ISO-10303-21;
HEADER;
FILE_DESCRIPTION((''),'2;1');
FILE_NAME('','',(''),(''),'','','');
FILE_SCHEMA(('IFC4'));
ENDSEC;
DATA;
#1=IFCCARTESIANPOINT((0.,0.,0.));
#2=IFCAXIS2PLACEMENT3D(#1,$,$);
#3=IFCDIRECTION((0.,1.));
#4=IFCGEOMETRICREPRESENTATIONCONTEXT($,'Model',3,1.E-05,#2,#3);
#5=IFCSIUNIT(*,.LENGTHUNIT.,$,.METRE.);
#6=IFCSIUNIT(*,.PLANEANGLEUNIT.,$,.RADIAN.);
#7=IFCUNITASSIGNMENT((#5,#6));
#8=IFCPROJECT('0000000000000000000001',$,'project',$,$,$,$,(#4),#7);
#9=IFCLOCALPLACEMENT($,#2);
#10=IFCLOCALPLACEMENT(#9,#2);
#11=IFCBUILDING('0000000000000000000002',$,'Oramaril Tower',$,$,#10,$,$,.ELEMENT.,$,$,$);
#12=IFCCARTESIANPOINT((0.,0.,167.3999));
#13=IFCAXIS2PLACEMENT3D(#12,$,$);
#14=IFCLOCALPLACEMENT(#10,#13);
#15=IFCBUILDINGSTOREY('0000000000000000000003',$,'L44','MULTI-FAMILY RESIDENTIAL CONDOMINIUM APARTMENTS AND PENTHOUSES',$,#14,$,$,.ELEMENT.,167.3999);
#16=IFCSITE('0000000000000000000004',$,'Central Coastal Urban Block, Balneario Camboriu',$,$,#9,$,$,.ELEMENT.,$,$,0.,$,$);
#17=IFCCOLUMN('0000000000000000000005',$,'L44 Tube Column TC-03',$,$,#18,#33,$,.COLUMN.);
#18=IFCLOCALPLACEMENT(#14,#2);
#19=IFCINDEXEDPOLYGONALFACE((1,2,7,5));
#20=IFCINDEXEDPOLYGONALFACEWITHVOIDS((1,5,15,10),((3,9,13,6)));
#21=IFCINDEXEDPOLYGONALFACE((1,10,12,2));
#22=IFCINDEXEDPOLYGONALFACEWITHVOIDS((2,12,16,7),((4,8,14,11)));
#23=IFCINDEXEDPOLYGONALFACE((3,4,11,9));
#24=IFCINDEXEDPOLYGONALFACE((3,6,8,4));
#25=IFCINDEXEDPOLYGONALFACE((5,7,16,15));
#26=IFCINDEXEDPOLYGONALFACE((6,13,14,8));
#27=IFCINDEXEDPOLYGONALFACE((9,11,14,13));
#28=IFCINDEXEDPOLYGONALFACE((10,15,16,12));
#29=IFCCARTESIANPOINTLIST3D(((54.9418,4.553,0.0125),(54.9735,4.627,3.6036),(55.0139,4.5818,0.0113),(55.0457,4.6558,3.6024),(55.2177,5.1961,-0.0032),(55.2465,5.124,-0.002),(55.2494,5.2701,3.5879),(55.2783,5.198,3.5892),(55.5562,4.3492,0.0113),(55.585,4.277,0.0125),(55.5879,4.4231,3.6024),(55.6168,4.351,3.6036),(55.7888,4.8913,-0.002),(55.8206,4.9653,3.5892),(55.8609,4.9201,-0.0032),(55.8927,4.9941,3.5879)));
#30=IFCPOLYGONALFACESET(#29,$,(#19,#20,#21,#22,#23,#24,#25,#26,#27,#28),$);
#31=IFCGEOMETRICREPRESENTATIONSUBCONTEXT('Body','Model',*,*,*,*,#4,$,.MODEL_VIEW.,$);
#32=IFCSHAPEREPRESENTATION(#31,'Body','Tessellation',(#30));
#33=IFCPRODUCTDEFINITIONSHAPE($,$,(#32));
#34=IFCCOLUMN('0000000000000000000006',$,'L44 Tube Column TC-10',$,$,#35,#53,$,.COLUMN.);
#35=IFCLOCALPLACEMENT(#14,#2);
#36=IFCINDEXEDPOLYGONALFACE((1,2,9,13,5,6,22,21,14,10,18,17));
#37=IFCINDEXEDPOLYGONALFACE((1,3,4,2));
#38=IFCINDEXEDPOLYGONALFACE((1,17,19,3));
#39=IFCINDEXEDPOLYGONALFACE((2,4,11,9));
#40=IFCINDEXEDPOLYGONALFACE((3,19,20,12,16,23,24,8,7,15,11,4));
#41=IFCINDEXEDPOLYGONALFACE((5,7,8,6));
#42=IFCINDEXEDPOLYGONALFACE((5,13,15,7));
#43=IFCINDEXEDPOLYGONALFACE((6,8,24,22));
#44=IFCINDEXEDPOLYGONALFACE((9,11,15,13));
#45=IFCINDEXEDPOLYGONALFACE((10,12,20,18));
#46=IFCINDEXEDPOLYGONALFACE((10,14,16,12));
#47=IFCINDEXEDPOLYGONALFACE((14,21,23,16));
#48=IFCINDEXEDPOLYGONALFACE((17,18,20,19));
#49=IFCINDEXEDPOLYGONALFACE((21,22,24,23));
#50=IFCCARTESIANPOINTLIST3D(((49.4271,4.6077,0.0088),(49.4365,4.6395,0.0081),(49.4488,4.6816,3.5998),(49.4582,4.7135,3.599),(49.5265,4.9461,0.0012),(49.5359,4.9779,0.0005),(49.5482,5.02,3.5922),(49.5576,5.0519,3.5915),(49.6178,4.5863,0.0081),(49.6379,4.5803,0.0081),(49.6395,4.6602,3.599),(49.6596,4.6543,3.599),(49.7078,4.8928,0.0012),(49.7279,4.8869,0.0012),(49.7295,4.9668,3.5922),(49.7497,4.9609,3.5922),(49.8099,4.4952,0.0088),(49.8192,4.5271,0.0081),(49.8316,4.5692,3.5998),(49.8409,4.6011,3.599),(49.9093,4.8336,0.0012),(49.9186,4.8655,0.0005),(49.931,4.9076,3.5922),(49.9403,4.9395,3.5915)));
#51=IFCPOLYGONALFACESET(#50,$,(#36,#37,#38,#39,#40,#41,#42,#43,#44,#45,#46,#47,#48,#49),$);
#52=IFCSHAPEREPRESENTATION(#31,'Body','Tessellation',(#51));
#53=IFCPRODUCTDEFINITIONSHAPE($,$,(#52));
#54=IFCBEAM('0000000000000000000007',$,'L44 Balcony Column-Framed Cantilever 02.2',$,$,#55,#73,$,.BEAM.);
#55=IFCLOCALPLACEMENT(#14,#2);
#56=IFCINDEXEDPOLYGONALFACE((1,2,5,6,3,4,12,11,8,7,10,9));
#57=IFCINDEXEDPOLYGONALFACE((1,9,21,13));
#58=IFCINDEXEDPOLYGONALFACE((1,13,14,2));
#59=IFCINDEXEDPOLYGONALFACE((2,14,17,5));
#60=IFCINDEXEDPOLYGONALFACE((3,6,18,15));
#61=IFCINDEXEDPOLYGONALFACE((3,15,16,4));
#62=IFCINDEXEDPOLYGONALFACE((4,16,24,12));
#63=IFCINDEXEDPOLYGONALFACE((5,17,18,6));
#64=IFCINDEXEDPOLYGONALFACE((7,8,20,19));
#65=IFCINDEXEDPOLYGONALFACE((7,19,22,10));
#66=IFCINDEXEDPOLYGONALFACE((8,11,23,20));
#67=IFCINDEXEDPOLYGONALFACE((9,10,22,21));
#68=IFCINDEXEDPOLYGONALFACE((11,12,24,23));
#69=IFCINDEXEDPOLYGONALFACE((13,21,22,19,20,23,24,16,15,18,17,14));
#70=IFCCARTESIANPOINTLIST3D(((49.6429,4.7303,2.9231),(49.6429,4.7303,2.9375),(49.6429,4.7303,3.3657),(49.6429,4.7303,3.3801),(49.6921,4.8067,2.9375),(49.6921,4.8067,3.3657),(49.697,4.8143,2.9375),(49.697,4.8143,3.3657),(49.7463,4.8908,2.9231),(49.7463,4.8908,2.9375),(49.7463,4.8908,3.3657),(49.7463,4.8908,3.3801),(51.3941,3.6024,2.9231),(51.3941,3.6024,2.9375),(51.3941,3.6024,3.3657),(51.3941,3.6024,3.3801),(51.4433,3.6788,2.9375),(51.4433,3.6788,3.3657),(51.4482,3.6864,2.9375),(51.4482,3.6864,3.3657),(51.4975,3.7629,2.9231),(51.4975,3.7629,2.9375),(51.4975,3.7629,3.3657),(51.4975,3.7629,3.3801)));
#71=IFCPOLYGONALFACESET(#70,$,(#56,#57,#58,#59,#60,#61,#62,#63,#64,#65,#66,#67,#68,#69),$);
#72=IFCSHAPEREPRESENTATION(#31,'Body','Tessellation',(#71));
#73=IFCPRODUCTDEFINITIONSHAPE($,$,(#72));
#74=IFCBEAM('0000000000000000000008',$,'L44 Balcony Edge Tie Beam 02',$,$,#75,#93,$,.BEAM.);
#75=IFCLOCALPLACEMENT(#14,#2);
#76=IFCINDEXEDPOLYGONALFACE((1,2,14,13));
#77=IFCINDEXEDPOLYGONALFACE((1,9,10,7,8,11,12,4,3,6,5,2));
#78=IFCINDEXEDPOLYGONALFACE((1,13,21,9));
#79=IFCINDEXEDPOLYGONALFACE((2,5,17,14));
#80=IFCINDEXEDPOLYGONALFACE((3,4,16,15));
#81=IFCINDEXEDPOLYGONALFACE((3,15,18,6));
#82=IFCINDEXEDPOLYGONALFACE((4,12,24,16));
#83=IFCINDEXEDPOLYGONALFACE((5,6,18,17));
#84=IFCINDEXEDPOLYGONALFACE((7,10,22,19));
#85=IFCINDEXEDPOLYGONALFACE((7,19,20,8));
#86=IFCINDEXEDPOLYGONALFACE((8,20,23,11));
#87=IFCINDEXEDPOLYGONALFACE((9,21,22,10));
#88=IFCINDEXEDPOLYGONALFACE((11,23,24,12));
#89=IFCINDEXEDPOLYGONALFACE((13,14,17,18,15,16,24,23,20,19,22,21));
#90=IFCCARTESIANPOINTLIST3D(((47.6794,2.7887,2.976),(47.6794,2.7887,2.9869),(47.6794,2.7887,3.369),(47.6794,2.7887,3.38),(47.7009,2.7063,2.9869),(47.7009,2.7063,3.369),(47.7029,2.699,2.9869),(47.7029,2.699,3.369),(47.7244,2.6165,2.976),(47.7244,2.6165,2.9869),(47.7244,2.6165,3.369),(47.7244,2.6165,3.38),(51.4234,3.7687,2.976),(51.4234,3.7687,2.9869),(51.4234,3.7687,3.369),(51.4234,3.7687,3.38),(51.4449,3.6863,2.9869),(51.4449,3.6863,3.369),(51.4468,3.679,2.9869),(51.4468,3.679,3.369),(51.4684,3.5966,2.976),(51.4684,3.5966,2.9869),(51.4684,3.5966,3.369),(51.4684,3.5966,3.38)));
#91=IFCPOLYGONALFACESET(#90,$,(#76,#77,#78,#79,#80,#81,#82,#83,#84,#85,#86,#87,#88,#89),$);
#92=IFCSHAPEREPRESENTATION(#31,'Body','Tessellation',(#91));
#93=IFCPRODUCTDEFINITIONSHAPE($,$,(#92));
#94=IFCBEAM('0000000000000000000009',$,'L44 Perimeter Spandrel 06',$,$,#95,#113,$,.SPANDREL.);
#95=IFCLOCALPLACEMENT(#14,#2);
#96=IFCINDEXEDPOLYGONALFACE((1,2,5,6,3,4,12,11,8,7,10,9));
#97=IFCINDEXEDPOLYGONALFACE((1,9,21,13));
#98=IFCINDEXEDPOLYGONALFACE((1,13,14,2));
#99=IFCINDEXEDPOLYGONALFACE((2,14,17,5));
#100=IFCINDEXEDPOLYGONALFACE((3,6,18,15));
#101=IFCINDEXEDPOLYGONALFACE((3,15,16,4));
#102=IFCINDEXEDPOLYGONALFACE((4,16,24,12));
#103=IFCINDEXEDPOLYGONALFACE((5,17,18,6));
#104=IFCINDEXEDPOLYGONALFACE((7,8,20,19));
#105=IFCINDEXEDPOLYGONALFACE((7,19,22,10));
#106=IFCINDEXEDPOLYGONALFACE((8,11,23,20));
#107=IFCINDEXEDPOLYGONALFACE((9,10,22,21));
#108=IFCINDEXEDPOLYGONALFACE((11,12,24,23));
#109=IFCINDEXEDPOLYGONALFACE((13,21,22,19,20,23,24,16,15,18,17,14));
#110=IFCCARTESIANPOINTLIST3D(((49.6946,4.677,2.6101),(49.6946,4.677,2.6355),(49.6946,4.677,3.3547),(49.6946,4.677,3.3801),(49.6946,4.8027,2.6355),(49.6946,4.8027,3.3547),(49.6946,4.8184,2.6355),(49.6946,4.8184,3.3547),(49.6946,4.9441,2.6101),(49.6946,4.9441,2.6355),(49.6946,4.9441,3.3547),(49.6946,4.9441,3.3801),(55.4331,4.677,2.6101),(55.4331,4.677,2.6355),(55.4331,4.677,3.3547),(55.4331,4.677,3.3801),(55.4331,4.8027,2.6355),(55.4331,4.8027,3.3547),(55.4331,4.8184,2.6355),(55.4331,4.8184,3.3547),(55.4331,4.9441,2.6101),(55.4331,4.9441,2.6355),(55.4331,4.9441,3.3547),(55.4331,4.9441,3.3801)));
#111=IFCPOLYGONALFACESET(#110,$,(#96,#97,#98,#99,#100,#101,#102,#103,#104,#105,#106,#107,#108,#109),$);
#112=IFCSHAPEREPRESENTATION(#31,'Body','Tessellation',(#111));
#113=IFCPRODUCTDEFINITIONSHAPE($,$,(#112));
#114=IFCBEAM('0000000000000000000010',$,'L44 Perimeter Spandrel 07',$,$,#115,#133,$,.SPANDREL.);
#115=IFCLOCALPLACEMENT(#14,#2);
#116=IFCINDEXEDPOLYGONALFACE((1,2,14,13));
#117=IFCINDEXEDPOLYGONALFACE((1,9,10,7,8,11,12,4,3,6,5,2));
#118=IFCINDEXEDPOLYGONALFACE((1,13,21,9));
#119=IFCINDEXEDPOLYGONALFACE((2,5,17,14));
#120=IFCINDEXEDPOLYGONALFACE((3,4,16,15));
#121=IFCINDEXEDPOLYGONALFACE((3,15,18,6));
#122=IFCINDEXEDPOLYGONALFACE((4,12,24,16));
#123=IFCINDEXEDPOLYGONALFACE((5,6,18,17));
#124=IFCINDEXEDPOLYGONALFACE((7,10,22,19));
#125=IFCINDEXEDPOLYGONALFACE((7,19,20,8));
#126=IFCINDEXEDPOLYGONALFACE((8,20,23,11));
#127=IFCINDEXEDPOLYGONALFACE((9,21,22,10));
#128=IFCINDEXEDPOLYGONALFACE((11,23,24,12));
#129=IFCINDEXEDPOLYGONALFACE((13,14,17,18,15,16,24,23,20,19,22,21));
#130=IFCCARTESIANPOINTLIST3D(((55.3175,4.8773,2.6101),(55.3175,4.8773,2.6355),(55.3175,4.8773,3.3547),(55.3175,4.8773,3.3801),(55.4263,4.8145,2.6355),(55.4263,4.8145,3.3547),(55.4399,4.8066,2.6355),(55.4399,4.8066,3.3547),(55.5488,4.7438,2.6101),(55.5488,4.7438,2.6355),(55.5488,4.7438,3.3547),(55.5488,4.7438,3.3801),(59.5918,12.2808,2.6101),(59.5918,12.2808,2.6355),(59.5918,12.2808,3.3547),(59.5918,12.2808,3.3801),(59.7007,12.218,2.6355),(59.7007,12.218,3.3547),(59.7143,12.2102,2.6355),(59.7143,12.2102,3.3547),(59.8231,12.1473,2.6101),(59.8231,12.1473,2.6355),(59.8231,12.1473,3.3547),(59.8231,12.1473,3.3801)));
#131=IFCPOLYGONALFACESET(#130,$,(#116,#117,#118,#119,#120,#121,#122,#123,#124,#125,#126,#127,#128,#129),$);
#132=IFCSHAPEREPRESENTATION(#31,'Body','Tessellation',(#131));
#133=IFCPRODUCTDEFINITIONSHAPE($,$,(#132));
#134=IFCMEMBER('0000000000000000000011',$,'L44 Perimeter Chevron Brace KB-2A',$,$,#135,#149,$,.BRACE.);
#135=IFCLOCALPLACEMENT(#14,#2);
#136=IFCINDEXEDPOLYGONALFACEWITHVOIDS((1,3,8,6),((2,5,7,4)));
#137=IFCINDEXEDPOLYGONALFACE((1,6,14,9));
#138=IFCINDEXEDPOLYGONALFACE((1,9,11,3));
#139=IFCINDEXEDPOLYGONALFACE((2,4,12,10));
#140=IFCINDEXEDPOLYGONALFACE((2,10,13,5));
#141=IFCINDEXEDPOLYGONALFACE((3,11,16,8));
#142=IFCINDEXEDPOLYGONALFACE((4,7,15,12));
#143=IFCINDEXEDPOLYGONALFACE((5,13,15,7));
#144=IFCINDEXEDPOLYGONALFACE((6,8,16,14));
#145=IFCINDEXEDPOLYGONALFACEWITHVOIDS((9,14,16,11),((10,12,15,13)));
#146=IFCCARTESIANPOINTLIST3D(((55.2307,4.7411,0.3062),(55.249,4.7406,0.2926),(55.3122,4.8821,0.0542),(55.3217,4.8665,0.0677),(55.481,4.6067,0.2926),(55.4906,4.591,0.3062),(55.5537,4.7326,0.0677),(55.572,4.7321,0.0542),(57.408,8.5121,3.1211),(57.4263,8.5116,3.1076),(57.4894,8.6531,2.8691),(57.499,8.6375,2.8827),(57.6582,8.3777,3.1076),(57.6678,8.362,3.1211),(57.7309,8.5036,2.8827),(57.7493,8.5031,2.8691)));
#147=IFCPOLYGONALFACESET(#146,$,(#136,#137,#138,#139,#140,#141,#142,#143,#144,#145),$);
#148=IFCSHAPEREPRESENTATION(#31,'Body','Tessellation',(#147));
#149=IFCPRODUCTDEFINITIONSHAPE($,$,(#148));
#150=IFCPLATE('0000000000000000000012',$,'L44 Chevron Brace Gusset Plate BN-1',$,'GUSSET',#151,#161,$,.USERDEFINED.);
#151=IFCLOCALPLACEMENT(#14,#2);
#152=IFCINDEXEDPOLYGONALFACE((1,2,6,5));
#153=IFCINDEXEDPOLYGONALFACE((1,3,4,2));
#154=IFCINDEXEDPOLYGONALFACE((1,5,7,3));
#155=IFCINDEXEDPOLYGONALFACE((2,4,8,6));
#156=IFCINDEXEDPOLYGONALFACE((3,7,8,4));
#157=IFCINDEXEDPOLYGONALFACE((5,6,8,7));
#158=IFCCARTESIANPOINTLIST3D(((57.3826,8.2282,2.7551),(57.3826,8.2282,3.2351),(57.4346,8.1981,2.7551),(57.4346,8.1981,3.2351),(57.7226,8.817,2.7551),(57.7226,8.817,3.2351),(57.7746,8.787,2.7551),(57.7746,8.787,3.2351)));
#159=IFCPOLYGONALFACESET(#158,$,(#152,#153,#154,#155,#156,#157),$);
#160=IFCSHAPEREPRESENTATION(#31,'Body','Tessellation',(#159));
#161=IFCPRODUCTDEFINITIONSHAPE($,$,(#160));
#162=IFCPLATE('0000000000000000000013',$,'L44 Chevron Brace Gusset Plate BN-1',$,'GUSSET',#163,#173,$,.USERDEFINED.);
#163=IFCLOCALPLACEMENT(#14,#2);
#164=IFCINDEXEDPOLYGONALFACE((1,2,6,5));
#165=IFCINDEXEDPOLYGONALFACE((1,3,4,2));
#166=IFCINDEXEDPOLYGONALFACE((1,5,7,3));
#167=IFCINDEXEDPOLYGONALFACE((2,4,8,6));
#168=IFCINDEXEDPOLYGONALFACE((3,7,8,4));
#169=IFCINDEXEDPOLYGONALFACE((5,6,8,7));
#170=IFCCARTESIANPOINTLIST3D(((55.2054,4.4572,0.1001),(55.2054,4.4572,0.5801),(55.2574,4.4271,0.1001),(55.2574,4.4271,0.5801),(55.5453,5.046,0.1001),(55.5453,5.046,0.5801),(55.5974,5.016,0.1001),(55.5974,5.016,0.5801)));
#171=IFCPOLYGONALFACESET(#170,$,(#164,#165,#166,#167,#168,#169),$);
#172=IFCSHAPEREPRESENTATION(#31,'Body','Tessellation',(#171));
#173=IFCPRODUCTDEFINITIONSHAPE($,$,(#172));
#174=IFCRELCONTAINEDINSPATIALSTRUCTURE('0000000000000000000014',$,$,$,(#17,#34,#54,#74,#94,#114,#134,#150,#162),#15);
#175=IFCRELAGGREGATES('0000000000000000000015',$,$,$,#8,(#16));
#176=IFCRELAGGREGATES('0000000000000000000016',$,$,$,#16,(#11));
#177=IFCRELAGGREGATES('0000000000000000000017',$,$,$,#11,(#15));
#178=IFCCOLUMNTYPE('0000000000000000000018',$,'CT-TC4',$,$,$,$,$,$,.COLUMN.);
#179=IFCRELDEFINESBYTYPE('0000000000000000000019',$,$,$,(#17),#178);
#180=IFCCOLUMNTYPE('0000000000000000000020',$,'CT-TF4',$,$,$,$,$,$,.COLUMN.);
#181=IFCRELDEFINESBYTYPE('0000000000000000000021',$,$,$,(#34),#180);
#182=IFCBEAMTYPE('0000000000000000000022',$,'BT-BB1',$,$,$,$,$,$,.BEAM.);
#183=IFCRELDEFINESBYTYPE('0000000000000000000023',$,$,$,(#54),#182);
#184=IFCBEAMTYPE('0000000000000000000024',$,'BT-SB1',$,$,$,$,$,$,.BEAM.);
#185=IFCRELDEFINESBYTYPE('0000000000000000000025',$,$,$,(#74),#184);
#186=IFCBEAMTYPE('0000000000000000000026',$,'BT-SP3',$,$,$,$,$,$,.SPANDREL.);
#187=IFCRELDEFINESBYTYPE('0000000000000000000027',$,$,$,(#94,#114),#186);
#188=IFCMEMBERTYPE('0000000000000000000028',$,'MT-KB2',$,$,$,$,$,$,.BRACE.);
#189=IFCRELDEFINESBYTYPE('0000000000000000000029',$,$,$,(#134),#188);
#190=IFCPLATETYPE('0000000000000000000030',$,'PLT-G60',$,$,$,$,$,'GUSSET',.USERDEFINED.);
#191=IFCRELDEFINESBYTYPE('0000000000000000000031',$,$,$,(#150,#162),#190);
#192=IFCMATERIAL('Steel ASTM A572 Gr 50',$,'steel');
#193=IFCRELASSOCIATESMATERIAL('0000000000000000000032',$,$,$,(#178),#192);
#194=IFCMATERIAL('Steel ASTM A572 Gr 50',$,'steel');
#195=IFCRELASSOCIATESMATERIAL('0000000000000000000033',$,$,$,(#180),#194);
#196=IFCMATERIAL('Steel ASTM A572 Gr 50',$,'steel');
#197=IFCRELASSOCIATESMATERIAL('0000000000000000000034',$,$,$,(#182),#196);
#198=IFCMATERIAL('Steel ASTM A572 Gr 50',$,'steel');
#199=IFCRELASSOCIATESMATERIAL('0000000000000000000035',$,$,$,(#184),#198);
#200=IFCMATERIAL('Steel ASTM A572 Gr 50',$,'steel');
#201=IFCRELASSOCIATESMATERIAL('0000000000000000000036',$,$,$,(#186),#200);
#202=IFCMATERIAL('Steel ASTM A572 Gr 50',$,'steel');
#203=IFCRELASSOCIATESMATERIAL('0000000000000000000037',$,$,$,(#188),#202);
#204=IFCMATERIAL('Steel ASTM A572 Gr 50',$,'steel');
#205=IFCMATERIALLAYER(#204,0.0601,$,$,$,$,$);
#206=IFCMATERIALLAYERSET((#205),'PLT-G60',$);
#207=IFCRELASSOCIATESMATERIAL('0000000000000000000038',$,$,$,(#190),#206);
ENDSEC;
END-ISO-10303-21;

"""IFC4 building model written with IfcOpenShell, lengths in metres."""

from ifc_helpers import new_model, si_unit, direction, frame, origin, origin_2d, place, context, subcontext, project, spatial, rectangle, hollow_rectangle, i_section, extrude, material, layer, layer_set, material_profile, profile_set, type_object, element, save


model = new_model("IFC4")

# Units and contexts
model_context = context("Model", 3, precision=1e-05, world=origin(), true_north=direction((0.0, 1.0)))
body_context = subcontext(model_context, "Body", "Model", "MODEL_VIEW")
ifc_project = project(units=[si_unit("LENGTHUNIT", "METRE"), si_unit("PLANEANGLEUNIT", "RADIAN")], contexts=[model_context])

# Site, building, storey
site_placement = place(None, origin())
site = spatial("IfcSite", under=ifc_project, at=site_placement, Name="Central Coastal Urban Block, Balneario Camboriu", CompositionType="ELEMENT", RefElevation=0.0)
building_placement = place(site_placement, origin())
building = spatial("IfcBuilding", under=site, at=building_placement, Name="Oramaril Tower", CompositionType="ELEMENT")
storey_placement = place(building_placement, frame((0.0, 0.0, 167.3999)))
storey = spatial("IfcBuildingStorey", under=building, at=storey_placement, Name="L44", Description="MULTI-FAMILY RESIDENTIAL CONDOMINIUM APARTMENTS AND PENTHOUSES", CompositionType="ELEMENT", Elevation=167.3999)

# Columns
ifc_material_1 = material(Name="Steel ASTM A572 Gr 50", Category="steel")
ifc_material_profile_1 = material_profile(ifc_material_1, hollow_rectangle(XDim=0.7, YDim=0.7, WallThickness=0.0549, at=origin_2d()), Name="BOX700X700X55")
ifc_profile_set_1 = profile_set([ifc_material_profile_1], Name="Steel ASTM A572 Gr 50")
column_type_1 = type_object("IfcColumnType", Name="CT-TC4", PredefinedType="COLUMN", material=ifc_profile_set_1)
column_1_placement = place(storey_placement, frame((55.4014, 4.7366, 0.0046), z_axis=(0.008836, 0.020594, 0.999749), x_axis=(-0.918988, 0.394285, 0.0)))
element("IfcColumn", 1, at=column_1_placement, inside=storey, type_object=column_type_1, Name="L44 Tube Column TC-03", PredefinedType="COLUMN", context=body_context, shape_type="SweptSolid", body=[
    extrude(hollow_rectangle(XDim=0.7, YDim=0.7, WallThickness=0.0549, at=origin_2d()), origin(), (0.0, 0.0, 1.0), 3.592),
])
ifc_material_2 = material(Name="Steel ASTM A572 Gr 50", Category="steel")
ifc_material_profile_2 = material_profile(ifc_material_2, i_section(OverallWidth=0.3989, OverallDepth=0.386, WebThickness=0.021, FlangeThickness=0.0332, at=origin_2d()), Name="W14X176")
ifc_profile_set_2 = profile_set([ifc_material_profile_2], Name="Steel ASTM A572 Gr 50")
column_type_2 = type_object("IfcColumnType", Name="CT-TF4", PredefinedType="COLUMN", material=ifc_profile_set_2)
column_2_placement = place(storey_placement, frame((49.6729, 4.7366, 0.0046), z_axis=(0.006049, 0.020595, 0.99977), x_axis=(-0.959466, 0.281823, 0.0)))
element("IfcColumn", 2, at=column_2_placement, inside=storey, type_object=column_type_2, Name="L44 Tube Column TC-10", PredefinedType="COLUMN", context=body_context, shape_type="SweptSolid", body=[
    extrude(i_section(OverallWidth=0.3989, OverallDepth=0.386, WebThickness=0.021, FlangeThickness=0.0332, at=origin_2d()), origin(), (0.0, 0.0, 1.0), 3.5918),
])

# Beams
ifc_material_3 = material(Name="Steel ASTM A572 Gr 50", Category="steel")
ifc_material_profile_3 = material_profile(ifc_material_3, i_section(OverallWidth=0.1909, OverallDepth=0.457, WebThickness=0.009, FlangeThickness=0.0144, at=origin_2d()), Name="W18X50")
ifc_profile_set_3 = profile_set([ifc_material_profile_3], Name="Steel ASTM A572 Gr 50")
beam_type_1 = type_object("IfcBeamType", Name="BT-BB1", PredefinedType="BEAM", material=ifc_profile_set_3)
beam_1_placement = place(storey_placement, frame((49.6946, 4.8105, 3.1516), z_axis=(0.84071, -0.541486, 0.0), x_axis=(0.541486, 0.84071, 0.0)))
element("IfcBeam", 3, at=beam_1_placement, inside=storey, type_object=beam_type_1, Name="L44 Balcony Column-Framed Cantilever 02.2", PredefinedType="BEAM", context=body_context, shape_type="SweptSolid", body=[
    extrude(i_section(OverallWidth=0.1909, OverallDepth=0.457, WebThickness=0.009, FlangeThickness=0.0144, at=origin_2d()), origin(), (0.0, 0.0, 1.0), 2.083),
])
ifc_material_4 = material(Name="Steel ASTM A572 Gr 50", Category="steel")
ifc_material_profile_4 = material_profile(ifc_material_4, i_section(OverallWidth=0.178, OverallDepth=0.4041, WebThickness=0.0076, FlangeThickness=0.011, at=origin_2d()), Name="W16X36")
ifc_profile_set_4 = profile_set([ifc_material_profile_4], Name="Steel ASTM A572 Gr 50")
beam_type_2 = type_object("IfcBeamType", Name="BT-SB1", PredefinedType="BEAM", material=ifc_profile_set_4)
beam_2_placement = place(storey_placement, frame((47.7019, 2.7026, 3.178), z_axis=(0.967408, 0.253223, 0.0), x_axis=(-0.253223, 0.967408, 0.0)))
element("IfcBeam", 4, at=beam_2_placement, inside=storey, type_object=beam_type_2, Name="L44 Balcony Edge Tie Beam 02", PredefinedType="BEAM", context=body_context, shape_type="SweptSolid", body=[
    extrude(i_section(OverallWidth=0.178, OverallDepth=0.4041, WebThickness=0.0076, FlangeThickness=0.011, at=origin_2d()), origin(), (0.0, 0.0, 1.0), 3.8701),
])
ifc_material_5 = material(Name="Steel ASTM A572 Gr 50", Category="steel")
ifc_material_profile_5 = material_profile(ifc_material_5, i_section(OverallWidth=0.2671, OverallDepth=0.77, WebThickness=0.0156, FlangeThickness=0.0254, at=origin_2d()), Name="W30X132")
ifc_profile_set_5 = profile_set([ifc_material_profile_5], Name="Steel ASTM A572 Gr 50")
beam_type_3 = type_object("IfcBeamType", Name="BT-SP3", PredefinedType="SPANDREL", material=ifc_profile_set_5)
beam_3_placement = place(storey_placement, frame((49.6946, 4.8105, 2.9951), z_axis=(1.0, 0.0, 0.0), x_axis=(0.0, 1.0, 0.0)))
element("IfcBeam", 5, at=beam_3_placement, inside=storey, type_object=beam_type_3, Name="L44 Perimeter Spandrel 06", PredefinedType="SPANDREL", context=body_context, shape_type="SweptSolid", body=[
    extrude(i_section(OverallWidth=0.2671, OverallDepth=0.77, WebThickness=0.0156, FlangeThickness=0.0254, at=origin_2d()), origin(), (0.0, 0.0, 1.0), 5.7385),
])
beam_4_placement = place(storey_placement, frame((55.4331, 4.8105, 2.9951), z_axis=(0.499997, 0.866027, 0.0), x_axis=(-0.866027, 0.499997, 0.0)))
element("IfcBeam", 6, at=beam_4_placement, inside=storey, type_object=beam_type_3, Name="L44 Perimeter Spandrel 07", PredefinedType="SPANDREL", context=body_context, shape_type="SweptSolid", body=[
    extrude(i_section(OverallWidth=0.2671, OverallDepth=0.77, WebThickness=0.0156, FlangeThickness=0.0254, at=origin_2d()), origin(), (0.0, 0.0, 1.0), 8.5488),
])

# Member
ifc_material_6 = material(Name="Steel ASTM A572 Gr 50", Category="steel")
ifc_material_profile_6 = material_profile(ifc_material_6, hollow_rectangle(XDim=0.3, YDim=0.3, WallThickness=0.0161, at=origin_2d()), Name="HSS300X300X16")
ifc_profile_set_6 = profile_set([ifc_material_profile_6], Name="Steel ASTM A572 Gr 50")
member_type = type_object("IfcMemberType", Name="MT-KB2", PredefinedType="BRACE", material=ifc_profile_set_6)
member_placement = place(storey_placement, frame((55.4014, 4.7366, 0.1802), z_axis=(0.419909, 0.727283, 0.542896), x_axis=(-0.866019, 0.50001, 0.0)))
element("IfcMember", 7, at=member_placement, inside=storey, type_object=member_type, Name="L44 Perimeter Chevron Brace KB-2A", PredefinedType="BRACE", context=body_context, shape_type="SweptSolid", body=[
    extrude(hollow_rectangle(XDim=0.3, YDim=0.3, WallThickness=0.0161, at=origin_2d()), origin(), (0.0, 0.0, 1.0), 5.1851),
])

# Plates
ifc_material_7 = material(Name="Steel ASTM A572 Gr 50", Category="steel")
ifc_layer_1 = layer(ifc_material_7, 0.0601)
ifc_layer_set_1 = layer_set([ifc_layer_1], Name="PLT-G60")
plate_type = type_object("IfcPlateType", Name="PLT-G60", ElementType="GUSSET", PredefinedType="USERDEFINED", material=ifc_layer_set_1)
for number, where, z_axis, x_axis, name in (
    (8, (57.5786, 8.5076, 2.7551), (0.0, 0.0, 1.0), (0.499997, 0.866027, 0.0), "L44 Chevron Brace Gusset Plate BN-1"),
    (9, (55.4014, 4.7366, 0.1001), (0.0, 0.0, 1.0), (0.499997, 0.866027, 0.0), "L44 Chevron Brace Gusset Plate BN-1"),
):
    element("IfcPlate", number, at=place(storey_placement, frame(where, z_axis=z_axis, x_axis=x_axis)), inside=storey, type_object=plate_type, Name=name, ObjectType="GUSSET", PredefinedType="USERDEFINED", context=body_context, shape_type="SweptSolid", body=[
        extrude(rectangle(XDim=0.6799, YDim=0.0601, at=origin_2d()), origin(), (0.0, 0.0, 1.0), 0.48),
    ])

save(model, "model.ifc")
